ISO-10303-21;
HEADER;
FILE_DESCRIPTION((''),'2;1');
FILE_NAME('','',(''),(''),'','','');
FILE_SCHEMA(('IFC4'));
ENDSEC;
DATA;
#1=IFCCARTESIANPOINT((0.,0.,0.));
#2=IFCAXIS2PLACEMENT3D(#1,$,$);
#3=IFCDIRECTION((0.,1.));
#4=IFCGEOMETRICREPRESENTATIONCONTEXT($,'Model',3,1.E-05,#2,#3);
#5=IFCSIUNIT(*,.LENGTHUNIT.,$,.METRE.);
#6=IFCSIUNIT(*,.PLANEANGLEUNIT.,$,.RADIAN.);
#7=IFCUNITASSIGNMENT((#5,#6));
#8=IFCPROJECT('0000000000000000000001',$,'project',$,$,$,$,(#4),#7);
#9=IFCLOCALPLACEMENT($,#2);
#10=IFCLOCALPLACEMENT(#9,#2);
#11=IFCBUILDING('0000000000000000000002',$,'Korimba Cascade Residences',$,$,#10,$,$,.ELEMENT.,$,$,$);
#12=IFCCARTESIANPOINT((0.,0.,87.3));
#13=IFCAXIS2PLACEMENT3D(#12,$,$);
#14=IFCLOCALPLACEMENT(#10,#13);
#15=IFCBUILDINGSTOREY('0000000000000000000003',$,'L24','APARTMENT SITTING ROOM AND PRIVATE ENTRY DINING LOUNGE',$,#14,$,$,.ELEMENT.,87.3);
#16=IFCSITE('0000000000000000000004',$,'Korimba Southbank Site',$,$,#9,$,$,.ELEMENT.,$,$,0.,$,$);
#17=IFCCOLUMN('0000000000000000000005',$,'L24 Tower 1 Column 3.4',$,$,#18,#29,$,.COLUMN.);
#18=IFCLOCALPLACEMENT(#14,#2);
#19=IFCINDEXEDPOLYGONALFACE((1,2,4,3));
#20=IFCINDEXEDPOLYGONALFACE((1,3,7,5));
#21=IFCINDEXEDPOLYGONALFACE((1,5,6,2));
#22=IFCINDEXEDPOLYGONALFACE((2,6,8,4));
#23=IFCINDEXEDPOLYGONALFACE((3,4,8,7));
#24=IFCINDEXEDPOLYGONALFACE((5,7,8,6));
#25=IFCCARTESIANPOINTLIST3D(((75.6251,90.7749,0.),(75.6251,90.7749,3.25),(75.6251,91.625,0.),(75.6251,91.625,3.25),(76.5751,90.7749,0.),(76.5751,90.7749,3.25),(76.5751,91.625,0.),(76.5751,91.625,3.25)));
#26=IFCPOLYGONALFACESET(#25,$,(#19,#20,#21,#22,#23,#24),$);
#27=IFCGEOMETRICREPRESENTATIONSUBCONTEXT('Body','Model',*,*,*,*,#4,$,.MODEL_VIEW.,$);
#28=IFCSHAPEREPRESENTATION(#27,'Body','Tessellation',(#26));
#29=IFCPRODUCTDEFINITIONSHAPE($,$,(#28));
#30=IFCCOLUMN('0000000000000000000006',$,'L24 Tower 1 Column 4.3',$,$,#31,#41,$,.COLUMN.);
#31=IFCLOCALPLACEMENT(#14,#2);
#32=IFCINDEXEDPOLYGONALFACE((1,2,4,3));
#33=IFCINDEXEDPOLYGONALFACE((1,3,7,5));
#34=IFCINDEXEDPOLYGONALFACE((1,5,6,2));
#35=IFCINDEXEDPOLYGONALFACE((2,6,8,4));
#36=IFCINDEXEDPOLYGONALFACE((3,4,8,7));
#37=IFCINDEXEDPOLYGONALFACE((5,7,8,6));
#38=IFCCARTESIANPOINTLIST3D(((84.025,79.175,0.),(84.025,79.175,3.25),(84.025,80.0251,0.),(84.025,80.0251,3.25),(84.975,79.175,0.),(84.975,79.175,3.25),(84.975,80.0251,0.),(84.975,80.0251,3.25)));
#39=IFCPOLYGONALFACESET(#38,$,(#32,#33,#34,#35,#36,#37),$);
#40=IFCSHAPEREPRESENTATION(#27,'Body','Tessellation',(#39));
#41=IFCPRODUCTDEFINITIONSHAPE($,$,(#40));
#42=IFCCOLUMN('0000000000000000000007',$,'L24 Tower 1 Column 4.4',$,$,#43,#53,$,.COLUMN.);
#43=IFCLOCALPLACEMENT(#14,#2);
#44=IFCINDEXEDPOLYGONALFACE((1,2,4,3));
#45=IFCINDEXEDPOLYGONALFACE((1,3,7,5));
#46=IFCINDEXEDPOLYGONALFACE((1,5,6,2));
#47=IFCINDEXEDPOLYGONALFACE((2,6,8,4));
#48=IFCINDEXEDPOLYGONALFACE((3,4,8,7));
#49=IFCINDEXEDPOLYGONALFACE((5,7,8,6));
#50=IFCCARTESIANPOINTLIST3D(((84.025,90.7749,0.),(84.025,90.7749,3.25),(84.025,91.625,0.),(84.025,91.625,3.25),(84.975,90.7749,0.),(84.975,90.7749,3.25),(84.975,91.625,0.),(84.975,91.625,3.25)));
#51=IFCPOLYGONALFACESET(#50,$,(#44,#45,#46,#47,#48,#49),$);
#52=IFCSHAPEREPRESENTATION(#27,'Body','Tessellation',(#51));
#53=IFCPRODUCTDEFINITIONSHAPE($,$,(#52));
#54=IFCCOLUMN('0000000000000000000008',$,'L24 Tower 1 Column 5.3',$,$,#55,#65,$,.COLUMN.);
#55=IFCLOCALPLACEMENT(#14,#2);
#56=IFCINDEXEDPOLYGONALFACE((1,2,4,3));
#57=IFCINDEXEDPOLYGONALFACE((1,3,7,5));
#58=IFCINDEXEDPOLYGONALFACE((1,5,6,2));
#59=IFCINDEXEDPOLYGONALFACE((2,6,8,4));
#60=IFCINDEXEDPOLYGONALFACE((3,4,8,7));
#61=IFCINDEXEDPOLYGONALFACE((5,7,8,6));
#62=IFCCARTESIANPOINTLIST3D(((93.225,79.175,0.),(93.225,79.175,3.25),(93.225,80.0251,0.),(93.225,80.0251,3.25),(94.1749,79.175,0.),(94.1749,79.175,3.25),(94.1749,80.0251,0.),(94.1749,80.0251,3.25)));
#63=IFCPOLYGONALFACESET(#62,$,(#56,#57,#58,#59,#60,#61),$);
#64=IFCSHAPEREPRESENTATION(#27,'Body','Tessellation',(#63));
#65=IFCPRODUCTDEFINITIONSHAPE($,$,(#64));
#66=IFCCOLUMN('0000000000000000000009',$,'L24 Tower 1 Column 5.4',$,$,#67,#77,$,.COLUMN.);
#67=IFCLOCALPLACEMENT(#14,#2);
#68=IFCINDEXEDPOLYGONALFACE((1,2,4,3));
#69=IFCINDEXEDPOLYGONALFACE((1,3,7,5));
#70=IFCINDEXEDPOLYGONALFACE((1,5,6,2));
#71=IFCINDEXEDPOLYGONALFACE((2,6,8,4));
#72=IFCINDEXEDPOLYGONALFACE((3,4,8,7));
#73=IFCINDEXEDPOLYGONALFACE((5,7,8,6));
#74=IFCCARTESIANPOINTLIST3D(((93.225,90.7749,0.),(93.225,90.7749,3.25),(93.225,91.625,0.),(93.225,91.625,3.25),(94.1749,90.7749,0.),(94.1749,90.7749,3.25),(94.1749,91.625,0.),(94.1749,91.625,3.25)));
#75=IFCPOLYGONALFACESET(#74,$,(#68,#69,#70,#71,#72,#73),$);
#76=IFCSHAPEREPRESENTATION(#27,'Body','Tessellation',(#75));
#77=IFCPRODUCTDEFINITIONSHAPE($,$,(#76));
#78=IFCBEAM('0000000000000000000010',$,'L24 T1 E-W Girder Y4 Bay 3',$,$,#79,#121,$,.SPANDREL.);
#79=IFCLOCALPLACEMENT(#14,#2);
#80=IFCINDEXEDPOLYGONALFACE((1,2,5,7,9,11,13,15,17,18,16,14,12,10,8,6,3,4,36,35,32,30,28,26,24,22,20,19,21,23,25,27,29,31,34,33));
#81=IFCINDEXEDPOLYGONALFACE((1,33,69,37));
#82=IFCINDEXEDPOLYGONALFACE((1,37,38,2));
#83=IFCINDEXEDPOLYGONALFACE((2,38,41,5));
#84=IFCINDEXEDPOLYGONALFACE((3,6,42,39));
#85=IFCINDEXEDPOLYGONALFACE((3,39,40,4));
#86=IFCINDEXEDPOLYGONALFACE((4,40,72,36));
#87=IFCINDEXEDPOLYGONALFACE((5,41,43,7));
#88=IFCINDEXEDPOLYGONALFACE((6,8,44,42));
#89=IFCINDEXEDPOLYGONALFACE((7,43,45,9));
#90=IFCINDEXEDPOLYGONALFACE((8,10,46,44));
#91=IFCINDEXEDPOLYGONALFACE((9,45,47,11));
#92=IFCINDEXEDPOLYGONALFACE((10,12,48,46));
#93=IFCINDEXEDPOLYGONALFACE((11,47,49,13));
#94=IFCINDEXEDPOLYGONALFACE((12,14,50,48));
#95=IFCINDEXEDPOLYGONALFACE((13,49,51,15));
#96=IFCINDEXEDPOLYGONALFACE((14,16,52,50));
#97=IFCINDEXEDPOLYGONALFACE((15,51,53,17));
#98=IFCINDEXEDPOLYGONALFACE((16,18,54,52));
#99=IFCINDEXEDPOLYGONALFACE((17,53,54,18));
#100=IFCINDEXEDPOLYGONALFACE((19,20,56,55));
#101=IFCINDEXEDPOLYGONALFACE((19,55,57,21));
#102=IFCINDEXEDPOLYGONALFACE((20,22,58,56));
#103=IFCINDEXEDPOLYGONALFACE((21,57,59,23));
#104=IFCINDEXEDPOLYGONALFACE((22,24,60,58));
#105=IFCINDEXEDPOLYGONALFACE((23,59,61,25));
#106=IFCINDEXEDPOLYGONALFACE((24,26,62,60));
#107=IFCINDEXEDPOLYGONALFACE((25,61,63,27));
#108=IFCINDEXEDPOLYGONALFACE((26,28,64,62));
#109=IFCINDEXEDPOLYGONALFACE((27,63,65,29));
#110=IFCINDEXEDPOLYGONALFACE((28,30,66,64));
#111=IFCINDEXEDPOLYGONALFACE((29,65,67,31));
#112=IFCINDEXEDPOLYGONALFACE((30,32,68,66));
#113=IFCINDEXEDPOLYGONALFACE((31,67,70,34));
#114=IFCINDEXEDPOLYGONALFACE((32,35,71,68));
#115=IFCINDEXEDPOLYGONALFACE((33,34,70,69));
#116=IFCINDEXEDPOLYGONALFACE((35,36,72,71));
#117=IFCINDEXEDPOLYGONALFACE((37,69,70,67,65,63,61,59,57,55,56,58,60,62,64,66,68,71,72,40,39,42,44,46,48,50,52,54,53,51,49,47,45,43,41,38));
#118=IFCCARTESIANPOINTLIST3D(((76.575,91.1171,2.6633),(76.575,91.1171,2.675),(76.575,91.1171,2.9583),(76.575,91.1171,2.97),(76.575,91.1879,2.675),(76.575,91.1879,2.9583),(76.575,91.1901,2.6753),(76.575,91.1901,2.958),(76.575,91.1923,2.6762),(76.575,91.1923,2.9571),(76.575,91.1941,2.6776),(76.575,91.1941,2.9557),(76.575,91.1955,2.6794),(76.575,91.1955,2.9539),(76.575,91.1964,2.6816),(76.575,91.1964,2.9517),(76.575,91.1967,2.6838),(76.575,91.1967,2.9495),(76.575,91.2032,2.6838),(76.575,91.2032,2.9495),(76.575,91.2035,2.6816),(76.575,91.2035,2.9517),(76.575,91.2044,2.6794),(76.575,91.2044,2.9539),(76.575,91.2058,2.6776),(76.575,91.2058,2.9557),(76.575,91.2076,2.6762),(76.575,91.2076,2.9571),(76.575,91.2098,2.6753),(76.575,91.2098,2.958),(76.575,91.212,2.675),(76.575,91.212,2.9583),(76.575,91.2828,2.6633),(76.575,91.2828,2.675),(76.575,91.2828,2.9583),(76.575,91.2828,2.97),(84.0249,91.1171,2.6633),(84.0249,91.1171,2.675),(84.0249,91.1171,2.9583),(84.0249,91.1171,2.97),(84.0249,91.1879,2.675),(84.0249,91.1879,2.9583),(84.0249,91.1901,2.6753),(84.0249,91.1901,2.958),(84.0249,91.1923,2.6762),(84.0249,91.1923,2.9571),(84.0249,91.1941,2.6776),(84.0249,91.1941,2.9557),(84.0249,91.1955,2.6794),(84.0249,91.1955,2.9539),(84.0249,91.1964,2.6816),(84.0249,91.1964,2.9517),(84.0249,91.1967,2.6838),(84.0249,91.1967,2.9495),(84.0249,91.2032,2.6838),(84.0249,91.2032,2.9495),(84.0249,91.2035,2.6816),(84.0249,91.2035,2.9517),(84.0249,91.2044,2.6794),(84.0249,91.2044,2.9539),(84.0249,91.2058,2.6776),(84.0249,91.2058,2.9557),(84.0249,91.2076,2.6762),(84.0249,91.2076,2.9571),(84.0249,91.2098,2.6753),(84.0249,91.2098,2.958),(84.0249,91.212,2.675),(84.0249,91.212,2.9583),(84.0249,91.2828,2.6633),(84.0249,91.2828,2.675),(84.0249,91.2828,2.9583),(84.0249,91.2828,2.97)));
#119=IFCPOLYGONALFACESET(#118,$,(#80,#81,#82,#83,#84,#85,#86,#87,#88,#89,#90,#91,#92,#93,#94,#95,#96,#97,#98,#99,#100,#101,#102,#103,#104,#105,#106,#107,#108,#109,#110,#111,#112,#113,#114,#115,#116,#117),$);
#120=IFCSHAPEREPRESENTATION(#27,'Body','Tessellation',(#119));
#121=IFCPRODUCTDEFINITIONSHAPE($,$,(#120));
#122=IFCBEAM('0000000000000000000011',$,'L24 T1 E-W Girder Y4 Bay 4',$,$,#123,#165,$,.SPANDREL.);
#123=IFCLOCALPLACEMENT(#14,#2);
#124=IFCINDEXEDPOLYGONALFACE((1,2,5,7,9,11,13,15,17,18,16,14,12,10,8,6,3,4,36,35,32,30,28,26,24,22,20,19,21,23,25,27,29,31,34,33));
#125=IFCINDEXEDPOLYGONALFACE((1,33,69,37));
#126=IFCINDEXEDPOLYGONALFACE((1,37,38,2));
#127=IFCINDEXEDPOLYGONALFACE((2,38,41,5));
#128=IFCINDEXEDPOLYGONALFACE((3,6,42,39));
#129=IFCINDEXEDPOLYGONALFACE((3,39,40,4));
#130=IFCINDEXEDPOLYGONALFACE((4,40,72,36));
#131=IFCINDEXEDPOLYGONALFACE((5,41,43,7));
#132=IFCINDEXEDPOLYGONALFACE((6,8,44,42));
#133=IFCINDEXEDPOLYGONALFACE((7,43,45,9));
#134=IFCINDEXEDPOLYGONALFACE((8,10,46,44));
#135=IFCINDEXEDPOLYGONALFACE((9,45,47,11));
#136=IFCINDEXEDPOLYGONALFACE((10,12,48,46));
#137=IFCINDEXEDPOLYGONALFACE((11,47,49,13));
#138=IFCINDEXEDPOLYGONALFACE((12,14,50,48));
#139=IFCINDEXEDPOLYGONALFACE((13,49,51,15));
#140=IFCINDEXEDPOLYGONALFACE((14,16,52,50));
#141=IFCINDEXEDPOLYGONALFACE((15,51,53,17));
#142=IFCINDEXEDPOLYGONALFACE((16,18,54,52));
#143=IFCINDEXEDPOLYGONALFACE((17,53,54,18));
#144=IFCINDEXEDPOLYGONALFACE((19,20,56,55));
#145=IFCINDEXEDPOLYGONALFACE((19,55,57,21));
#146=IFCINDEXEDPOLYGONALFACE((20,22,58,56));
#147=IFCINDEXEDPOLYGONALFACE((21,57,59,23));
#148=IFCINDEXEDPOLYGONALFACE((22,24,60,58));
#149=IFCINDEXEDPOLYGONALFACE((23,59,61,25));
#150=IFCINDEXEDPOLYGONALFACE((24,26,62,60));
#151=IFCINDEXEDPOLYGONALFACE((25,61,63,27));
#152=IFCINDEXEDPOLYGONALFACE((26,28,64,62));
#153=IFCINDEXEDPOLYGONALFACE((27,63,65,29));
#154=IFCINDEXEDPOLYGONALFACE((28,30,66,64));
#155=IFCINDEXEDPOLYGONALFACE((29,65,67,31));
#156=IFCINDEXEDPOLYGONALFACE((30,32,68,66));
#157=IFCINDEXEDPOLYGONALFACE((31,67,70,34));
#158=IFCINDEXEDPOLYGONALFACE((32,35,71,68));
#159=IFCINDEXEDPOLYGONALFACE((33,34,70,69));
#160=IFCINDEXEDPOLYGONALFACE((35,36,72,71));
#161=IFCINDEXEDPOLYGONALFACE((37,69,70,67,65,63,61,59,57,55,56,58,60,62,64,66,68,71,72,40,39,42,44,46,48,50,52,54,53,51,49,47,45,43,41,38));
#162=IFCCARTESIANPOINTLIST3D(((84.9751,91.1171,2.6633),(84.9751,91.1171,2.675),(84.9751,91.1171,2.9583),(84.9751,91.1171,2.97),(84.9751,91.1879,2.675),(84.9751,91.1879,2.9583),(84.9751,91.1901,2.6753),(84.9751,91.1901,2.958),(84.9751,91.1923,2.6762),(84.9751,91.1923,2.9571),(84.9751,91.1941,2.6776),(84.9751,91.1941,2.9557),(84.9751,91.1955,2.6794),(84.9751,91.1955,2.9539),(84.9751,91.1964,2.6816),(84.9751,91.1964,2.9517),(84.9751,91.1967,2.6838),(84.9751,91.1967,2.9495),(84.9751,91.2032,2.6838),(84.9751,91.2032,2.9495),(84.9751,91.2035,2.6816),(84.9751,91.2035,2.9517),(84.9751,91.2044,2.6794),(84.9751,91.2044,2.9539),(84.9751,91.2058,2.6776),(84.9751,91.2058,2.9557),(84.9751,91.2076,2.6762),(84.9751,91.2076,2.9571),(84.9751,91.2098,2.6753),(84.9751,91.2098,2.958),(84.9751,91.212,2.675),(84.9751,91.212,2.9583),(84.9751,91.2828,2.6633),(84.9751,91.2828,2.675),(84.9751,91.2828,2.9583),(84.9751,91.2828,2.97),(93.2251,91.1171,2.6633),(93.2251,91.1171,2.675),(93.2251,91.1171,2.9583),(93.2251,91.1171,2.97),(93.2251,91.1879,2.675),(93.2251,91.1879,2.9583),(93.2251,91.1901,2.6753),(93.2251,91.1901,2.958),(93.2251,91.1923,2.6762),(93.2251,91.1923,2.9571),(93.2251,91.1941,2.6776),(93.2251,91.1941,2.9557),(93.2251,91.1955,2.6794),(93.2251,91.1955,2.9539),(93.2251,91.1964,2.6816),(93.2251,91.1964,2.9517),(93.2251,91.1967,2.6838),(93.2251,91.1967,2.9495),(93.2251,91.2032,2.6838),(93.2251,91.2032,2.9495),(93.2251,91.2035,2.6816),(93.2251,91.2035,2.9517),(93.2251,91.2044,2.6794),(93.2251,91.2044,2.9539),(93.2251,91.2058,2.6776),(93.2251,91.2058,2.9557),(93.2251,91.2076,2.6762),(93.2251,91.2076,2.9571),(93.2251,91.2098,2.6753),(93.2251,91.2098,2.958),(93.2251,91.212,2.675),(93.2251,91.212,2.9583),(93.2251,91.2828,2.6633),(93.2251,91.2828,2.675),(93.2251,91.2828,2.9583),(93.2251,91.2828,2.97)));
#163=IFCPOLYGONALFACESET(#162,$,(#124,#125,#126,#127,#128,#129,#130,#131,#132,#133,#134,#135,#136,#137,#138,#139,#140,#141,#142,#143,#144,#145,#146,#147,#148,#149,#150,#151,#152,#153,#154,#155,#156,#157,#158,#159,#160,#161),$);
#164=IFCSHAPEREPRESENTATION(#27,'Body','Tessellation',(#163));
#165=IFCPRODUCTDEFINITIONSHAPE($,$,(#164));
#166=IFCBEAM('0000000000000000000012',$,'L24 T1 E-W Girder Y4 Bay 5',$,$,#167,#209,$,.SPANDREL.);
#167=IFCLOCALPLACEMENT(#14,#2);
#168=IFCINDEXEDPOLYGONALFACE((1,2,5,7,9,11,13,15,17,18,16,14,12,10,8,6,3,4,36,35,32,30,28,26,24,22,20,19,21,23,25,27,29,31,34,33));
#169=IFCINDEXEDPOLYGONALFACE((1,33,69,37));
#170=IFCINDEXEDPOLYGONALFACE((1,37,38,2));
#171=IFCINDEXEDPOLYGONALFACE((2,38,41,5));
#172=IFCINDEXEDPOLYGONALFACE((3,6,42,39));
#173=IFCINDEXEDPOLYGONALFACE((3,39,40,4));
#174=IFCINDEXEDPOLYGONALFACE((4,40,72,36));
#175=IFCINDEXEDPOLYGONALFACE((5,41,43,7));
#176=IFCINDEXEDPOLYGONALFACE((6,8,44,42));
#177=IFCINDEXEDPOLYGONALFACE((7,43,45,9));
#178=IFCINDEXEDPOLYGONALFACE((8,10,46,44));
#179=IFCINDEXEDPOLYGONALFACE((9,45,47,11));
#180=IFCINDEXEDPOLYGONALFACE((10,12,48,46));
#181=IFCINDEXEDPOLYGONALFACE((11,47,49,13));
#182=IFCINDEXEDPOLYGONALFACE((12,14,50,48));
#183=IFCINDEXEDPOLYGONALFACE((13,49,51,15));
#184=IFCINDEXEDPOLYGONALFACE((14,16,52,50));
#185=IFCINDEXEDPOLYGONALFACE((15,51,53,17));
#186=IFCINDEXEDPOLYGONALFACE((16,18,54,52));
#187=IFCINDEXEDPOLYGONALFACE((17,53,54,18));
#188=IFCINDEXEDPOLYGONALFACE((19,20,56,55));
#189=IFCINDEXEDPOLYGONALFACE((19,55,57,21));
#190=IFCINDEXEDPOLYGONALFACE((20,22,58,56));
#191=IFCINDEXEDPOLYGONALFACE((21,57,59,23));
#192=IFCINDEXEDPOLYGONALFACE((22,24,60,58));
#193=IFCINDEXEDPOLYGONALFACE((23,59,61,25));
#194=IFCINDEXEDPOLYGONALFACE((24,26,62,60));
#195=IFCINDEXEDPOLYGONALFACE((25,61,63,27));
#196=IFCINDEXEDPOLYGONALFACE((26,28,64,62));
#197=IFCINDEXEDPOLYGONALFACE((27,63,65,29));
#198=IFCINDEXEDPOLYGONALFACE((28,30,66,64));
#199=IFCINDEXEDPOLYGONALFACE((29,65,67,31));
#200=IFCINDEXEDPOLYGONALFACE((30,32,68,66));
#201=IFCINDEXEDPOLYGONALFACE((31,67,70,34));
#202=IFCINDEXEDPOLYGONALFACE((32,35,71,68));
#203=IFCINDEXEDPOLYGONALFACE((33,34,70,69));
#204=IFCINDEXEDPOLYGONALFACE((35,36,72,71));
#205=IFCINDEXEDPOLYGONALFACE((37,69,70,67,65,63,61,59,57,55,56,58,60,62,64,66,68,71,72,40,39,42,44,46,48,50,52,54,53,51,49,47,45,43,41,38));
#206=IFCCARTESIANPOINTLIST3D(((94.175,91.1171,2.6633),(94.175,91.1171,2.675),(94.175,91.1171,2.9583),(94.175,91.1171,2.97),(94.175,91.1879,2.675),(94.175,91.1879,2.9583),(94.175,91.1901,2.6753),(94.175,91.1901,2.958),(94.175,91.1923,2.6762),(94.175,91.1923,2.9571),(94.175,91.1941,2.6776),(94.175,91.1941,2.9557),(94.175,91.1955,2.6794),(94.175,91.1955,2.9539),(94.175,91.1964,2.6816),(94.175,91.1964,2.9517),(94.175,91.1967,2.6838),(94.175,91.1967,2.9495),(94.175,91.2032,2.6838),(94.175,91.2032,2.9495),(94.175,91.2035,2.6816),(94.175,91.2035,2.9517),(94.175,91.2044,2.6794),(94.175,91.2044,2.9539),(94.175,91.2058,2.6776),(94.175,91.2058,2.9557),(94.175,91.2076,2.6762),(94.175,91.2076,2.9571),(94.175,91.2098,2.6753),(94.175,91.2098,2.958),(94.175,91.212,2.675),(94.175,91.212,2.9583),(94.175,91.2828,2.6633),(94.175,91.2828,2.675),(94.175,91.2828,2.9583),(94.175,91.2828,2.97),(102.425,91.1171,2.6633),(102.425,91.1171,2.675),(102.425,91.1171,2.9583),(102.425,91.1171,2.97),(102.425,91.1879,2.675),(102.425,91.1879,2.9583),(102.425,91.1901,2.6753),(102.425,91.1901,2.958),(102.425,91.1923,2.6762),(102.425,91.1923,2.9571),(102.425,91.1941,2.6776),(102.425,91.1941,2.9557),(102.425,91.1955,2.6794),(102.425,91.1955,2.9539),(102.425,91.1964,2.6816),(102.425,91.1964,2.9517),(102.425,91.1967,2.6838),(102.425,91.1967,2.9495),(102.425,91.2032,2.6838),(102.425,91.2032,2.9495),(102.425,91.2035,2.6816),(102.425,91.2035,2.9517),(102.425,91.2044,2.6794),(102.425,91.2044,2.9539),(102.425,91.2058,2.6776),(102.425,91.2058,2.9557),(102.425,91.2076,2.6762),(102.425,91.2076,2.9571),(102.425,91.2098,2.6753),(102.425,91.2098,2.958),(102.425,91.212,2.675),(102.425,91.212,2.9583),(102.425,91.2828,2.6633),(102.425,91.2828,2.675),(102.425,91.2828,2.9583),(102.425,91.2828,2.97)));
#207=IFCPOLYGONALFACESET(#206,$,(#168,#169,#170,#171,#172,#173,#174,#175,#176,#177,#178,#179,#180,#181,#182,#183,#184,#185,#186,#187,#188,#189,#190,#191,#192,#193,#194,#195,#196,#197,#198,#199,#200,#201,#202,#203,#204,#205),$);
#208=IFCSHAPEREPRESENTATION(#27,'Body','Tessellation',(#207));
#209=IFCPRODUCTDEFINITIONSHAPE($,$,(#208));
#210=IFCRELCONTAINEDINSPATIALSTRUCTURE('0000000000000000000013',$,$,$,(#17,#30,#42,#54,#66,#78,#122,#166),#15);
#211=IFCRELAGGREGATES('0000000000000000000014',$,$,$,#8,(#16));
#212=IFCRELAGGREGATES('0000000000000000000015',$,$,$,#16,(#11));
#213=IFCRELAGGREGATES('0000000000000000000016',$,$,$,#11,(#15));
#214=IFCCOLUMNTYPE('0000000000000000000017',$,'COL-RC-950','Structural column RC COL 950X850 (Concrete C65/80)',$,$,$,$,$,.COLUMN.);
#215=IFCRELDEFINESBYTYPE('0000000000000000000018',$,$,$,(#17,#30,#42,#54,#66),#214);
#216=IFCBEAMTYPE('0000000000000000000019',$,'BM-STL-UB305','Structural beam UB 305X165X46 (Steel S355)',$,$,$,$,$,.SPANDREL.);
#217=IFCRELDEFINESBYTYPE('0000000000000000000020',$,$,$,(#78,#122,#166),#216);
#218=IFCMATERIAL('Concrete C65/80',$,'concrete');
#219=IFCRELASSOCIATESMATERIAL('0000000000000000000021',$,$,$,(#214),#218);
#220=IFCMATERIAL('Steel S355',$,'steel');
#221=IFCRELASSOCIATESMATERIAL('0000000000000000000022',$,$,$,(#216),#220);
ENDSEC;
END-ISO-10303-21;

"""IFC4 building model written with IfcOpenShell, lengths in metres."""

from ifc_helpers import new_model, si_unit, direction, frame, origin, origin_2d, place, context, subcontext, project, spatial, rectangle, i_section, extrude, material, material_profile, profile_set, type_object, element, save


model = new_model("IFC4")

# Units and contexts
model_context = context("Model", 3, precision=1e-05, world=origin(), true_north=direction((0.0, 1.0)))
body_context = subcontext(model_context, "Body", "Model", "MODEL_VIEW")
ifc_project = project(units=[si_unit("LENGTHUNIT", "METRE"), si_unit("PLANEANGLEUNIT", "RADIAN")], contexts=[model_context])

# Site, building, storey
site_placement = place(None, origin())
site = spatial("IfcSite", under=ifc_project, at=site_placement, Name="Korimba Southbank Site", CompositionType="ELEMENT", RefElevation=0.0)
building_placement = place(site_placement, origin())
building = spatial("IfcBuilding", under=site, at=building_placement, Name="Korimba Cascade Residences", CompositionType="ELEMENT")
storey_placement = place(building_placement, frame((0.0, 0.0, 87.3)))
storey = spatial("IfcBuildingStorey", under=building, at=storey_placement, Name="L24", Description="APARTMENT SITTING ROOM AND PRIVATE ENTRY DINING LOUNGE", CompositionType="ELEMENT", Elevation=87.3)

# Columns
ifc_material_1 = material(Name="Concrete C65/80", Category="concrete")
ifc_material_profile_1 = material_profile(ifc_material_1, rectangle(XDim=0.95, YDim=0.8501, at=origin_2d()), Name="Concrete C65/80")
ifc_profile_set_1 = profile_set([ifc_material_profile_1], Name="Concrete C65/80")
column_type = type_object("IfcColumnType", Name="COL-RC-950", Description="Structural column RC COL 950X850 (Concrete C65/80)", PredefinedType="COLUMN", material=ifc_profile_set_1)
for number, where, z_axis, x_axis, name in (
    (1, (76.1001, 91.2, 0.0), (0.0, 0.0, 1.0), (1.0, 0.0, 0.0), "L24 Tower 1 Column 3.4"),
    (2, (84.5, 79.6001, 0.0), (0.0, 0.0, 1.0), (1.0, 0.0, 0.0), "L24 Tower 1 Column 4.3"),
    (3, (84.5, 91.2, 0.0), (0.0, 0.0, 1.0), (1.0, 0.0, 0.0), "L24 Tower 1 Column 4.4"),
    (4, (93.7, 79.6001, 0.0), (0.0, 0.0, 1.0), (1.0, 0.0, 0.0), "L24 Tower 1 Column 5.3"),
    (5, (93.7, 91.2, 0.0), (0.0, 0.0, 1.0), (1.0, 0.0, 0.0), "L24 Tower 1 Column 5.4"),
):
    element("IfcColumn", number, at=place(storey_placement, frame(where, z_axis=z_axis, x_axis=x_axis)), inside=storey, type_object=column_type, Name=name, PredefinedType="COLUMN", context=body_context, shape_type="SweptSolid", body=[
        extrude(rectangle(XDim=0.95, YDim=0.8501, at=origin_2d()), origin(), (0.0, 0.0, 1.0), 3.25),
    ])

# Beams
ifc_material_2 = material(Name="Steel S355", Category="steel")
ifc_material_profile_2 = material_profile(ifc_material_2, i_section(OverallWidth=0.1658, OverallDepth=0.3066, WebThickness=0.0066, FlangeThickness=0.0117, FilletRadius=0.0088, at=origin_2d()), Name="Steel S355")
ifc_profile_set_2 = profile_set([ifc_material_profile_2], Name="Steel S355")
beam_type_1 = type_object("IfcBeamType", Name="BM-STL-UB305", Description="Structural beam UB 305X165X46 (Steel S355)", PredefinedType="SPANDREL", material=ifc_profile_set_2)
beam_1_placement = place(storey_placement, frame((76.575, 91.2, 2.8167), z_axis=(1.0, 0.0, 0.0), x_axis=(0.0, 1.0, 0.0)))
element("IfcBeam", 6, at=beam_1_placement, inside=storey, type_object=beam_type_1, Name="L24 T1 E-W Girder Y4 Bay 3", PredefinedType="SPANDREL", context=body_context, shape_type="SweptSolid", body=[
    extrude(i_section(OverallWidth=0.1658, OverallDepth=0.3066, WebThickness=0.0066, FlangeThickness=0.0117, FilletRadius=0.0088, at=origin_2d()), origin(), (0.0, 0.0, 1.0), 7.45),
])
for number, where, z_axis, x_axis, name in (
    (7, (84.9751, 91.2, 2.8167), (1.0, 0.0, 0.0), (0.0, 1.0, 0.0), "L24 T1 E-W Girder Y4 Bay 4"),
    (8, (94.175, 91.2, 2.8167), (1.0, 0.0, 0.0), (0.0, 1.0, 0.0), "L24 T1 E-W Girder Y4 Bay 5"),
):
    element("IfcBeam", number, at=place(storey_placement, frame(where, z_axis=z_axis, x_axis=x_axis)), inside=storey, type_object=beam_type_1, Name=name, PredefinedType="SPANDREL", context=body_context, shape_type="SweptSolid", body=[
        extrude(i_section(OverallWidth=0.1658, OverallDepth=0.3066, WebThickness=0.0066, FlangeThickness=0.0117, FilletRadius=0.0088, at=origin_2d()), origin(), (0.0, 0.0, 1.0), 8.25),
    ])

save(model, "model.ifc")
